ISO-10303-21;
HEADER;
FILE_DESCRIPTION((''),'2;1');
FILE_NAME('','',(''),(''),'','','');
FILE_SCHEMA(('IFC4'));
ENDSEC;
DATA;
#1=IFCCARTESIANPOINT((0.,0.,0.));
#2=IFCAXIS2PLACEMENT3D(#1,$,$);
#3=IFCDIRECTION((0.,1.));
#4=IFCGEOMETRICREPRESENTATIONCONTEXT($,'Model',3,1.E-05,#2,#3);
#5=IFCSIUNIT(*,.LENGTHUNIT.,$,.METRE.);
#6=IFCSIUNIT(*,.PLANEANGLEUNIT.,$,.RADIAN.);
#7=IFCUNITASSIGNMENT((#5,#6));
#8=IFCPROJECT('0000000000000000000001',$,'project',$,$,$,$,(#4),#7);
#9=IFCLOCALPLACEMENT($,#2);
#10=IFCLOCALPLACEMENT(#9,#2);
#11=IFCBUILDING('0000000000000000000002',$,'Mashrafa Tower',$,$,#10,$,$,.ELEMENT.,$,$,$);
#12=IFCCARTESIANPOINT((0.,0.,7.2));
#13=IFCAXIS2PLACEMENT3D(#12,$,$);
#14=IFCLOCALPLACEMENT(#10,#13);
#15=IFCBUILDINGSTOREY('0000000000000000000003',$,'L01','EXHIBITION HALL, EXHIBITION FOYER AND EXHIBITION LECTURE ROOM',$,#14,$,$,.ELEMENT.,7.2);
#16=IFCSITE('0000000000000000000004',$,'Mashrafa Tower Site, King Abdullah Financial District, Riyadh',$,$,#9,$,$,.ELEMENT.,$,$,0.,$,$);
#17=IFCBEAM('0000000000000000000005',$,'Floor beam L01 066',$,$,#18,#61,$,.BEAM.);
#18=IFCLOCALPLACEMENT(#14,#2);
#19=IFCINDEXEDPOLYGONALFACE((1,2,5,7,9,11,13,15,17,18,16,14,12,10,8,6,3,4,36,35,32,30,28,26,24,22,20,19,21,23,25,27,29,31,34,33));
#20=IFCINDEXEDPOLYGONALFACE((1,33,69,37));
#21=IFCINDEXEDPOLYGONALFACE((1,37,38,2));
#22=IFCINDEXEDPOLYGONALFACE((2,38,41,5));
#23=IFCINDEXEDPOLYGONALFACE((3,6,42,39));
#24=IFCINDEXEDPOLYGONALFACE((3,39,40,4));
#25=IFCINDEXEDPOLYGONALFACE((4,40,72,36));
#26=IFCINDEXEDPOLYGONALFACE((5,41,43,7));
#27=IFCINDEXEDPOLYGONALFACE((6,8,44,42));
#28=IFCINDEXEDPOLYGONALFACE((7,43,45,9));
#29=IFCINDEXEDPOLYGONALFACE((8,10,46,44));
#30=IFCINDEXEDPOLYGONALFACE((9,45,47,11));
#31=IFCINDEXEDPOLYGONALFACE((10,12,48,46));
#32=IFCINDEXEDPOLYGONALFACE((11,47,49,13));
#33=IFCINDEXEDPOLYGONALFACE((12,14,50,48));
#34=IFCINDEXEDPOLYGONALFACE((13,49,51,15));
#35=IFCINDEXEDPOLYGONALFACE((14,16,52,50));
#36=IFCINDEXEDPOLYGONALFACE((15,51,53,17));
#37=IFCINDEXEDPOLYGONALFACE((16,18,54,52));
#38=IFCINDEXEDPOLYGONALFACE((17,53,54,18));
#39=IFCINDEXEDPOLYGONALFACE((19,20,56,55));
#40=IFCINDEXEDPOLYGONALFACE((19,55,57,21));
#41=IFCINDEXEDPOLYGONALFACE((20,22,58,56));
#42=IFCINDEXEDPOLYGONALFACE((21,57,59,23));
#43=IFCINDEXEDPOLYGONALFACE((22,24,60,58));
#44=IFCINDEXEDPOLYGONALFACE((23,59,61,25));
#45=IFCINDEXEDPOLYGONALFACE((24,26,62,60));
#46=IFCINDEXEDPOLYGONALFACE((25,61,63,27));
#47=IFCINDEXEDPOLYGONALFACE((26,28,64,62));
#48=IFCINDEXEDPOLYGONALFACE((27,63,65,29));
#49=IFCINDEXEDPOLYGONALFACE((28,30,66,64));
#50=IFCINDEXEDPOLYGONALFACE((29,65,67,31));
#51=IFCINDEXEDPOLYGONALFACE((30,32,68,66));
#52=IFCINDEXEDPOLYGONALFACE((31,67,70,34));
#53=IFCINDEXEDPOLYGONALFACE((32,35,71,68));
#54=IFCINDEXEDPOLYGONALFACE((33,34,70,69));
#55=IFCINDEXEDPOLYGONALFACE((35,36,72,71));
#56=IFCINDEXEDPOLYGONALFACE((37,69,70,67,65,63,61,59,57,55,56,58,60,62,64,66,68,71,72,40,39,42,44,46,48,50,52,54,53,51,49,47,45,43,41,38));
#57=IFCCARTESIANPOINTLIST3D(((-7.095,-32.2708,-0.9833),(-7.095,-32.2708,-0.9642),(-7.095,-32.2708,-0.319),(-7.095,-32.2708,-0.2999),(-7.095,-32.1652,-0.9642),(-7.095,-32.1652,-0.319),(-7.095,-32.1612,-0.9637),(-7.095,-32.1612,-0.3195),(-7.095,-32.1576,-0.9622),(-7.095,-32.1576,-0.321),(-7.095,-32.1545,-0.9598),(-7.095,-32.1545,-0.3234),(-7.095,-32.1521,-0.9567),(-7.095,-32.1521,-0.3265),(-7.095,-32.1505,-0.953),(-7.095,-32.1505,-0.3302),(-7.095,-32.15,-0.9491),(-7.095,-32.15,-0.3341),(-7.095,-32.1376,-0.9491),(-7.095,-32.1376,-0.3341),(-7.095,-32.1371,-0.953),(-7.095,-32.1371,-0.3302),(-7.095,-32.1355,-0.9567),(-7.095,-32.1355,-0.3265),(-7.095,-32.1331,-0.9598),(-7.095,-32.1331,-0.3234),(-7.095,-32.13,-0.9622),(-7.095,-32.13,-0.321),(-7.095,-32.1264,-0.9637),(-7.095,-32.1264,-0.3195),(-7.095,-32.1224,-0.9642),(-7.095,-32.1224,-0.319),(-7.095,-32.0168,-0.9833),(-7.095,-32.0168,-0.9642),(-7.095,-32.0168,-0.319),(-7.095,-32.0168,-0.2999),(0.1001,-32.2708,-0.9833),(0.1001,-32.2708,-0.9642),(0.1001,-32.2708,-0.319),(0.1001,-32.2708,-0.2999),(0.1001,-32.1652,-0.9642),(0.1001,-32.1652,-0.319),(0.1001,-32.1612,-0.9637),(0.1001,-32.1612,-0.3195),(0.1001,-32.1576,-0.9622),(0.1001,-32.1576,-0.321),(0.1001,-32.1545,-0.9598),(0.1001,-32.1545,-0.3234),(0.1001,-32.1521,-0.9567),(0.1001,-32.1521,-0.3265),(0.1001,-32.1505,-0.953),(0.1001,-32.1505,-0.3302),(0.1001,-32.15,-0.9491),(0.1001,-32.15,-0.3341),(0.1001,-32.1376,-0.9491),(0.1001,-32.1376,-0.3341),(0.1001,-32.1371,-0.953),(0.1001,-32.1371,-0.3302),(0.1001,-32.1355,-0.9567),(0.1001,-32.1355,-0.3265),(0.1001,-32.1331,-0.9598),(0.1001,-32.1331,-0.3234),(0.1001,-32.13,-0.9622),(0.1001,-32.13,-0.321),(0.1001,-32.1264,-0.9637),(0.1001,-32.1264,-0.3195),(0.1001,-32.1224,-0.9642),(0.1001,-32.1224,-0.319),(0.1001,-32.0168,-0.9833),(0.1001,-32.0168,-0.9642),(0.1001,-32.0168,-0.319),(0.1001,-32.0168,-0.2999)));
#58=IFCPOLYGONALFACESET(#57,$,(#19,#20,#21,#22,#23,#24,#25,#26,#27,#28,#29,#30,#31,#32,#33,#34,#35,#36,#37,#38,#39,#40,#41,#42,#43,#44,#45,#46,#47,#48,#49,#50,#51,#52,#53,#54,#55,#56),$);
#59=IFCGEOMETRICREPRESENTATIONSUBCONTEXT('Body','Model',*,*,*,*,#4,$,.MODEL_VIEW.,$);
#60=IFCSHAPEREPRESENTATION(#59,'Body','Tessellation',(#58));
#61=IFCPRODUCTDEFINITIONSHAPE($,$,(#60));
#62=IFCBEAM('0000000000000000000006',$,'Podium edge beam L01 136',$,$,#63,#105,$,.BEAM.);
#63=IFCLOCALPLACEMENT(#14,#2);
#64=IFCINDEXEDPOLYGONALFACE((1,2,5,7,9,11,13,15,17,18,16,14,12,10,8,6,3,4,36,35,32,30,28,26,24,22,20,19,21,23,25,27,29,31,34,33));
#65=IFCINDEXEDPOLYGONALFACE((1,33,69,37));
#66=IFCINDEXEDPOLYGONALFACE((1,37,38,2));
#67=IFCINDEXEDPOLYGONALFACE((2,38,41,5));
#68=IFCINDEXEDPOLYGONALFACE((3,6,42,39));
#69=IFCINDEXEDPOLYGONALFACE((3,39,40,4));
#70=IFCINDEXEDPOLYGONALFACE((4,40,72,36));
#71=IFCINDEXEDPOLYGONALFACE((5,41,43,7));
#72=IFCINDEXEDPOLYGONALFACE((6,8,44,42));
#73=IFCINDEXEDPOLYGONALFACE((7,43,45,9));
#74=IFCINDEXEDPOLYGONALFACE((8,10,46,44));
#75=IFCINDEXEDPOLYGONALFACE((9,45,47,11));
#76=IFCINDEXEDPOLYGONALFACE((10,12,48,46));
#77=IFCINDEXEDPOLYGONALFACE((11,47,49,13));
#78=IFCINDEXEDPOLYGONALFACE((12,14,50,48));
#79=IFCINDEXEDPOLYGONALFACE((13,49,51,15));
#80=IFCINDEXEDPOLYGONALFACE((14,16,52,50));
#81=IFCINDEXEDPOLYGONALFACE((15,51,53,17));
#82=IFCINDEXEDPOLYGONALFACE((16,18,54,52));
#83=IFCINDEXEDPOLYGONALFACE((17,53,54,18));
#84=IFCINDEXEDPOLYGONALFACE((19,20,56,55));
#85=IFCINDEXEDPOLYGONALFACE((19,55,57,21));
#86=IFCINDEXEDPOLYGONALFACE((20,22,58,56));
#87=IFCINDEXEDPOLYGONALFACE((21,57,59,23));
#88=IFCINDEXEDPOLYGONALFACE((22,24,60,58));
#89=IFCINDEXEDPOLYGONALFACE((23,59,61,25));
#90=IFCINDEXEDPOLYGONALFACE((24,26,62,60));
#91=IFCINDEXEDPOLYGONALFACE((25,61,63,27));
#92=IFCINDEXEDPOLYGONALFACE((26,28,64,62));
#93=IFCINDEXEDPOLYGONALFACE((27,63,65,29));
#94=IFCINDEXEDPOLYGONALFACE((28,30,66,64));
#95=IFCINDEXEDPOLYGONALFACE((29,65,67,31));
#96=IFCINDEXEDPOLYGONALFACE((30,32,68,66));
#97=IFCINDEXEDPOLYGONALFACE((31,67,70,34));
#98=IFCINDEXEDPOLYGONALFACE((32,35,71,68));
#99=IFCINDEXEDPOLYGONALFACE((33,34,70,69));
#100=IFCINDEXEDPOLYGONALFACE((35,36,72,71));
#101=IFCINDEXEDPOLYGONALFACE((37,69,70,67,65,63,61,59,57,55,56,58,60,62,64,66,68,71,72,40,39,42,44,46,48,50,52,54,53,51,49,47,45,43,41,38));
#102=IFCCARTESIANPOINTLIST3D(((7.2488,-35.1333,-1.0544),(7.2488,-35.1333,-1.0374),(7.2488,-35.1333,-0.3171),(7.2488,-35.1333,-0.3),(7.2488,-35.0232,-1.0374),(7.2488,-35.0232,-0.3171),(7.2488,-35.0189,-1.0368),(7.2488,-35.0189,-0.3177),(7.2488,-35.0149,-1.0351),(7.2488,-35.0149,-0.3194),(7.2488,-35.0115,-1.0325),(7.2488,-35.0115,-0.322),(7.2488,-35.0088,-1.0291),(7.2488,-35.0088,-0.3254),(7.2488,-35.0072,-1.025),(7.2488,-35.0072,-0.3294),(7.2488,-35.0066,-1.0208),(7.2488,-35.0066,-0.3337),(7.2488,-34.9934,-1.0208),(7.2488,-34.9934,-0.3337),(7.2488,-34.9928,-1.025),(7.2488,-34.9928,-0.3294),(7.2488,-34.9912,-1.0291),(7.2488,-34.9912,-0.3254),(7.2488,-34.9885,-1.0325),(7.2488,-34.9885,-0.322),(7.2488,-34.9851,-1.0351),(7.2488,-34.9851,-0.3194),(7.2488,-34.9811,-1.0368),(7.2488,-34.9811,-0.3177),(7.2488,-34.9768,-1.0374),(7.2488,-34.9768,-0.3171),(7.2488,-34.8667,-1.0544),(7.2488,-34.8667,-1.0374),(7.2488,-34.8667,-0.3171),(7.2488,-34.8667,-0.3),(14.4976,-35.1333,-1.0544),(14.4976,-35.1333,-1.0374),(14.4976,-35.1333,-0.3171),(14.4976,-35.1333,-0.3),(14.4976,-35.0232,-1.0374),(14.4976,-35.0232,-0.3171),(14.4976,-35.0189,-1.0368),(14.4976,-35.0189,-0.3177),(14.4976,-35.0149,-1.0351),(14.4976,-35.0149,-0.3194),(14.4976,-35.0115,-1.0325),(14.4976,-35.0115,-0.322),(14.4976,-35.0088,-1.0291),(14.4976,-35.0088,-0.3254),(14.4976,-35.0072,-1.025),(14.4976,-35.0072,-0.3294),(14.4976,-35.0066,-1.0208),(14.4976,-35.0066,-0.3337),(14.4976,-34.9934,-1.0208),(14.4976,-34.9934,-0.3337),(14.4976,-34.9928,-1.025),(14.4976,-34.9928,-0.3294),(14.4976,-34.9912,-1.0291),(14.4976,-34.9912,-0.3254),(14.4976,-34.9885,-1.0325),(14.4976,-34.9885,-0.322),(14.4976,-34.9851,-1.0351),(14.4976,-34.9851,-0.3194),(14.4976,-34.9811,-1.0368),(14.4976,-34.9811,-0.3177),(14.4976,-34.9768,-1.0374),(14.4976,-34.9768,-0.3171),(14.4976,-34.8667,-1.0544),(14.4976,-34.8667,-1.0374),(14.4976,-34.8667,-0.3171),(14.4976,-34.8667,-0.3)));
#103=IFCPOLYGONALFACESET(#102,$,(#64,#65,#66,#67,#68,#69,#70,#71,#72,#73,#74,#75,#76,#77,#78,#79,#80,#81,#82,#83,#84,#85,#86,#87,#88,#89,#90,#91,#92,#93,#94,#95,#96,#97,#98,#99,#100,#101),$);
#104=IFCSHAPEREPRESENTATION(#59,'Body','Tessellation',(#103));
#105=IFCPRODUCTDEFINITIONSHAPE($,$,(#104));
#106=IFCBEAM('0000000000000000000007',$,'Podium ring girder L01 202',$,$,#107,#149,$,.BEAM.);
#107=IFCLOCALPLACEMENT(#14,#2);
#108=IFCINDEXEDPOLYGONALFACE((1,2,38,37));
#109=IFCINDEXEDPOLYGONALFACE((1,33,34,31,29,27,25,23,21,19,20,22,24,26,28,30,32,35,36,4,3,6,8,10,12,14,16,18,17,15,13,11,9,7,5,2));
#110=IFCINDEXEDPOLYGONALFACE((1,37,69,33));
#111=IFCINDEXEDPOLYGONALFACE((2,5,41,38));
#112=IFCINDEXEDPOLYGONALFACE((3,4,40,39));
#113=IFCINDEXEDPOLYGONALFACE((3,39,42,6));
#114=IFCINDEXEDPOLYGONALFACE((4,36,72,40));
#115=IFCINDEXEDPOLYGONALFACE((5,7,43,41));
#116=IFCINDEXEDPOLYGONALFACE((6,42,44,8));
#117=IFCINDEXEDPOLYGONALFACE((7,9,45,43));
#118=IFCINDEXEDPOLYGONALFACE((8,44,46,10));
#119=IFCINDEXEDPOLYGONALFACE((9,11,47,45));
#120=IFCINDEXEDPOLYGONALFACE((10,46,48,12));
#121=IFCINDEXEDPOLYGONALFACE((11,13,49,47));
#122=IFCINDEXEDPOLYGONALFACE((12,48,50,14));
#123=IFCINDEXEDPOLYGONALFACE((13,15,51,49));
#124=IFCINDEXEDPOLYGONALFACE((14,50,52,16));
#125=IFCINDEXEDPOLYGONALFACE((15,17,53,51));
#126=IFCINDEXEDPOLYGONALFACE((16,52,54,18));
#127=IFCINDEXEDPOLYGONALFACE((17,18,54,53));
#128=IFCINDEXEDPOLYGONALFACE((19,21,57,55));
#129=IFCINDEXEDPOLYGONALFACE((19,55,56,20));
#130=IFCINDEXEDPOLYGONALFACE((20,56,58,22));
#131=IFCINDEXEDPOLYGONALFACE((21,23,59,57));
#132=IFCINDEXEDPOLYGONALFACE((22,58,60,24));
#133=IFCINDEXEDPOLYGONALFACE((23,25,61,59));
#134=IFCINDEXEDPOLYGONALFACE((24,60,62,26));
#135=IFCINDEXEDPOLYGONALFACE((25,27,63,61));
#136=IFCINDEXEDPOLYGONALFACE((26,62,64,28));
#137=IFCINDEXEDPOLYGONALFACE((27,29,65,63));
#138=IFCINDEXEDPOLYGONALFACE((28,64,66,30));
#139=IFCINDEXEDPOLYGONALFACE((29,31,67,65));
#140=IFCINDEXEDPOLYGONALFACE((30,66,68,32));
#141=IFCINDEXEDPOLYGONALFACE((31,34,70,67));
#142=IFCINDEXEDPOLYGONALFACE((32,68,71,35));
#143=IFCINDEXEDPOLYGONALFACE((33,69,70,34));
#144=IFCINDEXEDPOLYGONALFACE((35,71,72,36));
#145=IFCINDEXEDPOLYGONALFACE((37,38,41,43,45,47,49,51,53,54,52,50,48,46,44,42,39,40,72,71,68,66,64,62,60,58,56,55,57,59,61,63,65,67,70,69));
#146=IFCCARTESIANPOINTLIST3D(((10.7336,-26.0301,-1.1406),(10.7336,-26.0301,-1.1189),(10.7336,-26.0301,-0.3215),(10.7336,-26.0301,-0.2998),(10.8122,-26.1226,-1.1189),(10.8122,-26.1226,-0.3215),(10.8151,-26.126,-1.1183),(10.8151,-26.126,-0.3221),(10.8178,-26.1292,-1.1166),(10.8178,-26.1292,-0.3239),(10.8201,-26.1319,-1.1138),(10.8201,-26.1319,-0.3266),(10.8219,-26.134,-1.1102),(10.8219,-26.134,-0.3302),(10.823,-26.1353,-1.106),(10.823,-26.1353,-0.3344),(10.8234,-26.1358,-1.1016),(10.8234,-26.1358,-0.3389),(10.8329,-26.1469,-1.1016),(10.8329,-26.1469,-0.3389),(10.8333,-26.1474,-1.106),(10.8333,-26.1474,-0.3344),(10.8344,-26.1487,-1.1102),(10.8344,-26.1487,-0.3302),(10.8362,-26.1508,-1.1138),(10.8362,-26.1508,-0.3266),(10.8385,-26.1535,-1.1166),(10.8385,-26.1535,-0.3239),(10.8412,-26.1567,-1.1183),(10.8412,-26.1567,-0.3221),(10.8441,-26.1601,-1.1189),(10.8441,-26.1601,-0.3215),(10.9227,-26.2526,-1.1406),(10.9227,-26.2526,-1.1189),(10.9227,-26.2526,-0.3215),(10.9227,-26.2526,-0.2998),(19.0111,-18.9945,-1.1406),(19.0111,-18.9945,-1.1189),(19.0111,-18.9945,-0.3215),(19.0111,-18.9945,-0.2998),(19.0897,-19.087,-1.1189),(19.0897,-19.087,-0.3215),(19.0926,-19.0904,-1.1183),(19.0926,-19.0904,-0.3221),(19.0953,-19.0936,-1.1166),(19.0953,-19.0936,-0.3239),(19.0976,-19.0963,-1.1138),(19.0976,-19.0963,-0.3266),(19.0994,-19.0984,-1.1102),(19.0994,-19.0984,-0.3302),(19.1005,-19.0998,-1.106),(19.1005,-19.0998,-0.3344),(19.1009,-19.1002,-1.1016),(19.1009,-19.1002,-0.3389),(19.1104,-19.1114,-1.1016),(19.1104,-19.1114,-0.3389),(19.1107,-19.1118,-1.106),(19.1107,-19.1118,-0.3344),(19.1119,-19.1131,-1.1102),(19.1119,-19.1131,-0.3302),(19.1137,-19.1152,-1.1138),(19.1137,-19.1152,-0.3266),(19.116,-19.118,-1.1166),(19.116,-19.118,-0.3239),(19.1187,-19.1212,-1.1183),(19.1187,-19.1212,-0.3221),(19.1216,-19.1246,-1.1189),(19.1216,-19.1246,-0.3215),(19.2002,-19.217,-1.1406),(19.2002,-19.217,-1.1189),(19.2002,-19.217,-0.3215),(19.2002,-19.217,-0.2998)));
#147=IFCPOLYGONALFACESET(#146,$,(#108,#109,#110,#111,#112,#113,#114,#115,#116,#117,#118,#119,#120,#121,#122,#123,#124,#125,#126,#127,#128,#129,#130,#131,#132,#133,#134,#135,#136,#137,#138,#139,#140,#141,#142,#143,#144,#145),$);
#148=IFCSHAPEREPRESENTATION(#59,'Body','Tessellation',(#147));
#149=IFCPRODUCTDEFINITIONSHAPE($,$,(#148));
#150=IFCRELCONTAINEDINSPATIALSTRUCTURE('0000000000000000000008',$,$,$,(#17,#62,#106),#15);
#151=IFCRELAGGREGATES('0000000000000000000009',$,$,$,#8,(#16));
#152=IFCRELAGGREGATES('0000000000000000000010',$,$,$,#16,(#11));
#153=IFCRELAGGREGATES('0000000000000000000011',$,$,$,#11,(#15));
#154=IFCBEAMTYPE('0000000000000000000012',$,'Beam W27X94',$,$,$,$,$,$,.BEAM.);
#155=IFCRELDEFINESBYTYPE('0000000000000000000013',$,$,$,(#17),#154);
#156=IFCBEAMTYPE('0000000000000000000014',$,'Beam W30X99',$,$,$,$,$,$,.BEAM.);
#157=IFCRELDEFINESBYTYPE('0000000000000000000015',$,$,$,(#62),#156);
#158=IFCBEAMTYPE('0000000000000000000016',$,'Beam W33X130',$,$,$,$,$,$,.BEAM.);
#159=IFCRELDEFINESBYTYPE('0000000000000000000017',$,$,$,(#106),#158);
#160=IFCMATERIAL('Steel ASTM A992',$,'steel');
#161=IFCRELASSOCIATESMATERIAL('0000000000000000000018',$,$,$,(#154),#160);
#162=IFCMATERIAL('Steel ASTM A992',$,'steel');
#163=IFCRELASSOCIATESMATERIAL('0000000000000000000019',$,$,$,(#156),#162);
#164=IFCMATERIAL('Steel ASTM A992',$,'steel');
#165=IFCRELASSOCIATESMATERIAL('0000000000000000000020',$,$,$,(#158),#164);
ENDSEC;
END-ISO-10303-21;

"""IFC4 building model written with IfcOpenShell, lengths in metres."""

from ifc_helpers import new_model, si_unit, direction, frame, origin, origin_2d, place, context, subcontext, project, spatial, i_section, extrude, material, material_profile, profile_set, type_object, element, save


model = new_model("IFC4")

# Units and contexts
model_context = context("Model", 3, precision=1e-05, world=origin(), true_north=direction((0.0, 1.0)))
body_context = subcontext(model_context, "Body", "Model", "MODEL_VIEW")
ifc_project = project(units=[si_unit("LENGTHUNIT", "METRE"), si_unit("PLANEANGLEUNIT", "RADIAN")], contexts=[model_context])

# Site, building, storey
site_placement = place(None, origin())
site = spatial("IfcSite", under=ifc_project, at=site_placement, Name="Mashrafa Tower Site, King Abdullah Financial District, Riyadh", CompositionType="ELEMENT", RefElevation=0.0)
building_placement = place(site_placement, origin())
building = spatial("IfcBuilding", under=site, at=building_placement, Name="Mashrafa Tower", CompositionType="ELEMENT")
storey_placement = place(building_placement, frame((0.0, 0.0, 7.2)))
storey = spatial("IfcBuildingStorey", under=building, at=storey_placement, Name="L01", Description="EXHIBITION HALL, EXHIBITION FOYER AND EXHIBITION LECTURE ROOM", CompositionType="ELEMENT", Elevation=7.2)

# Beams
ifc_material_1 = material(Name="Steel ASTM A992", Category="steel")
ifc_material_profile_1 = material_profile(ifc_material_1, i_section(OverallWidth=0.2539, OverallDepth=0.6833, WebThickness=0.0125, FlangeThickness=0.019, FilletRadius=0.0151, at=origin_2d()), Name="W27X94")
ifc_profile_set_1 = profile_set([ifc_material_profile_1], Name="Steel ASTM A992")
beam_type_1 = type_object("IfcBeamType", Name="Beam W27X94", PredefinedType="BEAM", material=ifc_profile_set_1)
beam_1_placement = place(storey_placement, frame((0.1001, -32.1438, -0.6416), z_axis=(-1.0, 0.0, 0.0), x_axis=(0.0, -1.0, 0.0)))
element("IfcBeam", 1, at=beam_1_placement, inside=storey, type_object=beam_type_1, Name="Floor beam L01 066", PredefinedType="BEAM", context=body_context, shape_type="SweptSolid", body=[
    extrude(i_section(OverallWidth=0.2539, OverallDepth=0.6833, WebThickness=0.0125, FlangeThickness=0.019, FilletRadius=0.0151, at=origin_2d()), origin(), (0.0, 0.0, 1.0), 7.1951),
])
ifc_material_2 = material(Name="Steel ASTM A992", Category="steel")
ifc_material_profile_2 = material_profile(ifc_material_2, i_section(OverallWidth=0.2666, OverallDepth=0.7544, WebThickness=0.0132, FlangeThickness=0.0171, FilletRadius=0.0166, at=origin_2d()), Name="W30X99")
ifc_profile_set_2 = profile_set([ifc_material_profile_2], Name="Steel ASTM A992")
beam_type_2 = type_object("IfcBeamType", Name="Beam W30X99", PredefinedType="BEAM", material=ifc_profile_set_2)
beam_2_placement = place(storey_placement, frame((7.2488, -35.0, -0.6772), z_axis=(1.0, 0.0, 0.0), x_axis=(0.0, 1.0, 0.0)))
element("IfcBeam", 2, at=beam_2_placement, inside=storey, type_object=beam_type_2, Name="Podium edge beam L01 136", PredefinedType="BEAM", context=body_context, shape_type="SweptSolid", body=[
    extrude(i_section(OverallWidth=0.2666, OverallDepth=0.7544, WebThickness=0.0132, FlangeThickness=0.0171, FilletRadius=0.0166, at=origin_2d()), origin(), (0.0, 0.0, 1.0), 7.2488),
])
ifc_material_3 = material(Name="Steel ASTM A992", Category="steel")
ifc_material_profile_3 = material_profile(ifc_material_3, i_section(OverallWidth=0.292, OverallDepth=0.8408, WebThickness=0.0146, FlangeThickness=0.0217, FilletRadius=0.0173, at=origin_2d()), Name="W33X130")
ifc_profile_set_3 = profile_set([ifc_material_profile_3], Name="Steel ASTM A992")
beam_type_3 = type_object("IfcBeamType", Name="Beam W33X130", PredefinedType="BEAM", material=ifc_profile_set_3)
beam_3_placement = place(storey_placement, frame((10.8281, -26.1414, -0.7202), z_axis=(0.761953, 0.647632, 0.0), x_axis=(-0.647632, 0.761953, 0.0)))
element("IfcBeam", 3, at=beam_3_placement, inside=storey, type_object=beam_type_3, Name="Podium ring girder L01 202", PredefinedType="BEAM", context=body_context, shape_type="SweptSolid", body=[
    extrude(i_section(OverallWidth=0.292, OverallDepth=0.8408, WebThickness=0.0146, FlangeThickness=0.0217, FilletRadius=0.0173, at=origin_2d()), origin(), (0.0, 0.0, 1.0), 10.8635),
])

save(model, "model.ifc")
